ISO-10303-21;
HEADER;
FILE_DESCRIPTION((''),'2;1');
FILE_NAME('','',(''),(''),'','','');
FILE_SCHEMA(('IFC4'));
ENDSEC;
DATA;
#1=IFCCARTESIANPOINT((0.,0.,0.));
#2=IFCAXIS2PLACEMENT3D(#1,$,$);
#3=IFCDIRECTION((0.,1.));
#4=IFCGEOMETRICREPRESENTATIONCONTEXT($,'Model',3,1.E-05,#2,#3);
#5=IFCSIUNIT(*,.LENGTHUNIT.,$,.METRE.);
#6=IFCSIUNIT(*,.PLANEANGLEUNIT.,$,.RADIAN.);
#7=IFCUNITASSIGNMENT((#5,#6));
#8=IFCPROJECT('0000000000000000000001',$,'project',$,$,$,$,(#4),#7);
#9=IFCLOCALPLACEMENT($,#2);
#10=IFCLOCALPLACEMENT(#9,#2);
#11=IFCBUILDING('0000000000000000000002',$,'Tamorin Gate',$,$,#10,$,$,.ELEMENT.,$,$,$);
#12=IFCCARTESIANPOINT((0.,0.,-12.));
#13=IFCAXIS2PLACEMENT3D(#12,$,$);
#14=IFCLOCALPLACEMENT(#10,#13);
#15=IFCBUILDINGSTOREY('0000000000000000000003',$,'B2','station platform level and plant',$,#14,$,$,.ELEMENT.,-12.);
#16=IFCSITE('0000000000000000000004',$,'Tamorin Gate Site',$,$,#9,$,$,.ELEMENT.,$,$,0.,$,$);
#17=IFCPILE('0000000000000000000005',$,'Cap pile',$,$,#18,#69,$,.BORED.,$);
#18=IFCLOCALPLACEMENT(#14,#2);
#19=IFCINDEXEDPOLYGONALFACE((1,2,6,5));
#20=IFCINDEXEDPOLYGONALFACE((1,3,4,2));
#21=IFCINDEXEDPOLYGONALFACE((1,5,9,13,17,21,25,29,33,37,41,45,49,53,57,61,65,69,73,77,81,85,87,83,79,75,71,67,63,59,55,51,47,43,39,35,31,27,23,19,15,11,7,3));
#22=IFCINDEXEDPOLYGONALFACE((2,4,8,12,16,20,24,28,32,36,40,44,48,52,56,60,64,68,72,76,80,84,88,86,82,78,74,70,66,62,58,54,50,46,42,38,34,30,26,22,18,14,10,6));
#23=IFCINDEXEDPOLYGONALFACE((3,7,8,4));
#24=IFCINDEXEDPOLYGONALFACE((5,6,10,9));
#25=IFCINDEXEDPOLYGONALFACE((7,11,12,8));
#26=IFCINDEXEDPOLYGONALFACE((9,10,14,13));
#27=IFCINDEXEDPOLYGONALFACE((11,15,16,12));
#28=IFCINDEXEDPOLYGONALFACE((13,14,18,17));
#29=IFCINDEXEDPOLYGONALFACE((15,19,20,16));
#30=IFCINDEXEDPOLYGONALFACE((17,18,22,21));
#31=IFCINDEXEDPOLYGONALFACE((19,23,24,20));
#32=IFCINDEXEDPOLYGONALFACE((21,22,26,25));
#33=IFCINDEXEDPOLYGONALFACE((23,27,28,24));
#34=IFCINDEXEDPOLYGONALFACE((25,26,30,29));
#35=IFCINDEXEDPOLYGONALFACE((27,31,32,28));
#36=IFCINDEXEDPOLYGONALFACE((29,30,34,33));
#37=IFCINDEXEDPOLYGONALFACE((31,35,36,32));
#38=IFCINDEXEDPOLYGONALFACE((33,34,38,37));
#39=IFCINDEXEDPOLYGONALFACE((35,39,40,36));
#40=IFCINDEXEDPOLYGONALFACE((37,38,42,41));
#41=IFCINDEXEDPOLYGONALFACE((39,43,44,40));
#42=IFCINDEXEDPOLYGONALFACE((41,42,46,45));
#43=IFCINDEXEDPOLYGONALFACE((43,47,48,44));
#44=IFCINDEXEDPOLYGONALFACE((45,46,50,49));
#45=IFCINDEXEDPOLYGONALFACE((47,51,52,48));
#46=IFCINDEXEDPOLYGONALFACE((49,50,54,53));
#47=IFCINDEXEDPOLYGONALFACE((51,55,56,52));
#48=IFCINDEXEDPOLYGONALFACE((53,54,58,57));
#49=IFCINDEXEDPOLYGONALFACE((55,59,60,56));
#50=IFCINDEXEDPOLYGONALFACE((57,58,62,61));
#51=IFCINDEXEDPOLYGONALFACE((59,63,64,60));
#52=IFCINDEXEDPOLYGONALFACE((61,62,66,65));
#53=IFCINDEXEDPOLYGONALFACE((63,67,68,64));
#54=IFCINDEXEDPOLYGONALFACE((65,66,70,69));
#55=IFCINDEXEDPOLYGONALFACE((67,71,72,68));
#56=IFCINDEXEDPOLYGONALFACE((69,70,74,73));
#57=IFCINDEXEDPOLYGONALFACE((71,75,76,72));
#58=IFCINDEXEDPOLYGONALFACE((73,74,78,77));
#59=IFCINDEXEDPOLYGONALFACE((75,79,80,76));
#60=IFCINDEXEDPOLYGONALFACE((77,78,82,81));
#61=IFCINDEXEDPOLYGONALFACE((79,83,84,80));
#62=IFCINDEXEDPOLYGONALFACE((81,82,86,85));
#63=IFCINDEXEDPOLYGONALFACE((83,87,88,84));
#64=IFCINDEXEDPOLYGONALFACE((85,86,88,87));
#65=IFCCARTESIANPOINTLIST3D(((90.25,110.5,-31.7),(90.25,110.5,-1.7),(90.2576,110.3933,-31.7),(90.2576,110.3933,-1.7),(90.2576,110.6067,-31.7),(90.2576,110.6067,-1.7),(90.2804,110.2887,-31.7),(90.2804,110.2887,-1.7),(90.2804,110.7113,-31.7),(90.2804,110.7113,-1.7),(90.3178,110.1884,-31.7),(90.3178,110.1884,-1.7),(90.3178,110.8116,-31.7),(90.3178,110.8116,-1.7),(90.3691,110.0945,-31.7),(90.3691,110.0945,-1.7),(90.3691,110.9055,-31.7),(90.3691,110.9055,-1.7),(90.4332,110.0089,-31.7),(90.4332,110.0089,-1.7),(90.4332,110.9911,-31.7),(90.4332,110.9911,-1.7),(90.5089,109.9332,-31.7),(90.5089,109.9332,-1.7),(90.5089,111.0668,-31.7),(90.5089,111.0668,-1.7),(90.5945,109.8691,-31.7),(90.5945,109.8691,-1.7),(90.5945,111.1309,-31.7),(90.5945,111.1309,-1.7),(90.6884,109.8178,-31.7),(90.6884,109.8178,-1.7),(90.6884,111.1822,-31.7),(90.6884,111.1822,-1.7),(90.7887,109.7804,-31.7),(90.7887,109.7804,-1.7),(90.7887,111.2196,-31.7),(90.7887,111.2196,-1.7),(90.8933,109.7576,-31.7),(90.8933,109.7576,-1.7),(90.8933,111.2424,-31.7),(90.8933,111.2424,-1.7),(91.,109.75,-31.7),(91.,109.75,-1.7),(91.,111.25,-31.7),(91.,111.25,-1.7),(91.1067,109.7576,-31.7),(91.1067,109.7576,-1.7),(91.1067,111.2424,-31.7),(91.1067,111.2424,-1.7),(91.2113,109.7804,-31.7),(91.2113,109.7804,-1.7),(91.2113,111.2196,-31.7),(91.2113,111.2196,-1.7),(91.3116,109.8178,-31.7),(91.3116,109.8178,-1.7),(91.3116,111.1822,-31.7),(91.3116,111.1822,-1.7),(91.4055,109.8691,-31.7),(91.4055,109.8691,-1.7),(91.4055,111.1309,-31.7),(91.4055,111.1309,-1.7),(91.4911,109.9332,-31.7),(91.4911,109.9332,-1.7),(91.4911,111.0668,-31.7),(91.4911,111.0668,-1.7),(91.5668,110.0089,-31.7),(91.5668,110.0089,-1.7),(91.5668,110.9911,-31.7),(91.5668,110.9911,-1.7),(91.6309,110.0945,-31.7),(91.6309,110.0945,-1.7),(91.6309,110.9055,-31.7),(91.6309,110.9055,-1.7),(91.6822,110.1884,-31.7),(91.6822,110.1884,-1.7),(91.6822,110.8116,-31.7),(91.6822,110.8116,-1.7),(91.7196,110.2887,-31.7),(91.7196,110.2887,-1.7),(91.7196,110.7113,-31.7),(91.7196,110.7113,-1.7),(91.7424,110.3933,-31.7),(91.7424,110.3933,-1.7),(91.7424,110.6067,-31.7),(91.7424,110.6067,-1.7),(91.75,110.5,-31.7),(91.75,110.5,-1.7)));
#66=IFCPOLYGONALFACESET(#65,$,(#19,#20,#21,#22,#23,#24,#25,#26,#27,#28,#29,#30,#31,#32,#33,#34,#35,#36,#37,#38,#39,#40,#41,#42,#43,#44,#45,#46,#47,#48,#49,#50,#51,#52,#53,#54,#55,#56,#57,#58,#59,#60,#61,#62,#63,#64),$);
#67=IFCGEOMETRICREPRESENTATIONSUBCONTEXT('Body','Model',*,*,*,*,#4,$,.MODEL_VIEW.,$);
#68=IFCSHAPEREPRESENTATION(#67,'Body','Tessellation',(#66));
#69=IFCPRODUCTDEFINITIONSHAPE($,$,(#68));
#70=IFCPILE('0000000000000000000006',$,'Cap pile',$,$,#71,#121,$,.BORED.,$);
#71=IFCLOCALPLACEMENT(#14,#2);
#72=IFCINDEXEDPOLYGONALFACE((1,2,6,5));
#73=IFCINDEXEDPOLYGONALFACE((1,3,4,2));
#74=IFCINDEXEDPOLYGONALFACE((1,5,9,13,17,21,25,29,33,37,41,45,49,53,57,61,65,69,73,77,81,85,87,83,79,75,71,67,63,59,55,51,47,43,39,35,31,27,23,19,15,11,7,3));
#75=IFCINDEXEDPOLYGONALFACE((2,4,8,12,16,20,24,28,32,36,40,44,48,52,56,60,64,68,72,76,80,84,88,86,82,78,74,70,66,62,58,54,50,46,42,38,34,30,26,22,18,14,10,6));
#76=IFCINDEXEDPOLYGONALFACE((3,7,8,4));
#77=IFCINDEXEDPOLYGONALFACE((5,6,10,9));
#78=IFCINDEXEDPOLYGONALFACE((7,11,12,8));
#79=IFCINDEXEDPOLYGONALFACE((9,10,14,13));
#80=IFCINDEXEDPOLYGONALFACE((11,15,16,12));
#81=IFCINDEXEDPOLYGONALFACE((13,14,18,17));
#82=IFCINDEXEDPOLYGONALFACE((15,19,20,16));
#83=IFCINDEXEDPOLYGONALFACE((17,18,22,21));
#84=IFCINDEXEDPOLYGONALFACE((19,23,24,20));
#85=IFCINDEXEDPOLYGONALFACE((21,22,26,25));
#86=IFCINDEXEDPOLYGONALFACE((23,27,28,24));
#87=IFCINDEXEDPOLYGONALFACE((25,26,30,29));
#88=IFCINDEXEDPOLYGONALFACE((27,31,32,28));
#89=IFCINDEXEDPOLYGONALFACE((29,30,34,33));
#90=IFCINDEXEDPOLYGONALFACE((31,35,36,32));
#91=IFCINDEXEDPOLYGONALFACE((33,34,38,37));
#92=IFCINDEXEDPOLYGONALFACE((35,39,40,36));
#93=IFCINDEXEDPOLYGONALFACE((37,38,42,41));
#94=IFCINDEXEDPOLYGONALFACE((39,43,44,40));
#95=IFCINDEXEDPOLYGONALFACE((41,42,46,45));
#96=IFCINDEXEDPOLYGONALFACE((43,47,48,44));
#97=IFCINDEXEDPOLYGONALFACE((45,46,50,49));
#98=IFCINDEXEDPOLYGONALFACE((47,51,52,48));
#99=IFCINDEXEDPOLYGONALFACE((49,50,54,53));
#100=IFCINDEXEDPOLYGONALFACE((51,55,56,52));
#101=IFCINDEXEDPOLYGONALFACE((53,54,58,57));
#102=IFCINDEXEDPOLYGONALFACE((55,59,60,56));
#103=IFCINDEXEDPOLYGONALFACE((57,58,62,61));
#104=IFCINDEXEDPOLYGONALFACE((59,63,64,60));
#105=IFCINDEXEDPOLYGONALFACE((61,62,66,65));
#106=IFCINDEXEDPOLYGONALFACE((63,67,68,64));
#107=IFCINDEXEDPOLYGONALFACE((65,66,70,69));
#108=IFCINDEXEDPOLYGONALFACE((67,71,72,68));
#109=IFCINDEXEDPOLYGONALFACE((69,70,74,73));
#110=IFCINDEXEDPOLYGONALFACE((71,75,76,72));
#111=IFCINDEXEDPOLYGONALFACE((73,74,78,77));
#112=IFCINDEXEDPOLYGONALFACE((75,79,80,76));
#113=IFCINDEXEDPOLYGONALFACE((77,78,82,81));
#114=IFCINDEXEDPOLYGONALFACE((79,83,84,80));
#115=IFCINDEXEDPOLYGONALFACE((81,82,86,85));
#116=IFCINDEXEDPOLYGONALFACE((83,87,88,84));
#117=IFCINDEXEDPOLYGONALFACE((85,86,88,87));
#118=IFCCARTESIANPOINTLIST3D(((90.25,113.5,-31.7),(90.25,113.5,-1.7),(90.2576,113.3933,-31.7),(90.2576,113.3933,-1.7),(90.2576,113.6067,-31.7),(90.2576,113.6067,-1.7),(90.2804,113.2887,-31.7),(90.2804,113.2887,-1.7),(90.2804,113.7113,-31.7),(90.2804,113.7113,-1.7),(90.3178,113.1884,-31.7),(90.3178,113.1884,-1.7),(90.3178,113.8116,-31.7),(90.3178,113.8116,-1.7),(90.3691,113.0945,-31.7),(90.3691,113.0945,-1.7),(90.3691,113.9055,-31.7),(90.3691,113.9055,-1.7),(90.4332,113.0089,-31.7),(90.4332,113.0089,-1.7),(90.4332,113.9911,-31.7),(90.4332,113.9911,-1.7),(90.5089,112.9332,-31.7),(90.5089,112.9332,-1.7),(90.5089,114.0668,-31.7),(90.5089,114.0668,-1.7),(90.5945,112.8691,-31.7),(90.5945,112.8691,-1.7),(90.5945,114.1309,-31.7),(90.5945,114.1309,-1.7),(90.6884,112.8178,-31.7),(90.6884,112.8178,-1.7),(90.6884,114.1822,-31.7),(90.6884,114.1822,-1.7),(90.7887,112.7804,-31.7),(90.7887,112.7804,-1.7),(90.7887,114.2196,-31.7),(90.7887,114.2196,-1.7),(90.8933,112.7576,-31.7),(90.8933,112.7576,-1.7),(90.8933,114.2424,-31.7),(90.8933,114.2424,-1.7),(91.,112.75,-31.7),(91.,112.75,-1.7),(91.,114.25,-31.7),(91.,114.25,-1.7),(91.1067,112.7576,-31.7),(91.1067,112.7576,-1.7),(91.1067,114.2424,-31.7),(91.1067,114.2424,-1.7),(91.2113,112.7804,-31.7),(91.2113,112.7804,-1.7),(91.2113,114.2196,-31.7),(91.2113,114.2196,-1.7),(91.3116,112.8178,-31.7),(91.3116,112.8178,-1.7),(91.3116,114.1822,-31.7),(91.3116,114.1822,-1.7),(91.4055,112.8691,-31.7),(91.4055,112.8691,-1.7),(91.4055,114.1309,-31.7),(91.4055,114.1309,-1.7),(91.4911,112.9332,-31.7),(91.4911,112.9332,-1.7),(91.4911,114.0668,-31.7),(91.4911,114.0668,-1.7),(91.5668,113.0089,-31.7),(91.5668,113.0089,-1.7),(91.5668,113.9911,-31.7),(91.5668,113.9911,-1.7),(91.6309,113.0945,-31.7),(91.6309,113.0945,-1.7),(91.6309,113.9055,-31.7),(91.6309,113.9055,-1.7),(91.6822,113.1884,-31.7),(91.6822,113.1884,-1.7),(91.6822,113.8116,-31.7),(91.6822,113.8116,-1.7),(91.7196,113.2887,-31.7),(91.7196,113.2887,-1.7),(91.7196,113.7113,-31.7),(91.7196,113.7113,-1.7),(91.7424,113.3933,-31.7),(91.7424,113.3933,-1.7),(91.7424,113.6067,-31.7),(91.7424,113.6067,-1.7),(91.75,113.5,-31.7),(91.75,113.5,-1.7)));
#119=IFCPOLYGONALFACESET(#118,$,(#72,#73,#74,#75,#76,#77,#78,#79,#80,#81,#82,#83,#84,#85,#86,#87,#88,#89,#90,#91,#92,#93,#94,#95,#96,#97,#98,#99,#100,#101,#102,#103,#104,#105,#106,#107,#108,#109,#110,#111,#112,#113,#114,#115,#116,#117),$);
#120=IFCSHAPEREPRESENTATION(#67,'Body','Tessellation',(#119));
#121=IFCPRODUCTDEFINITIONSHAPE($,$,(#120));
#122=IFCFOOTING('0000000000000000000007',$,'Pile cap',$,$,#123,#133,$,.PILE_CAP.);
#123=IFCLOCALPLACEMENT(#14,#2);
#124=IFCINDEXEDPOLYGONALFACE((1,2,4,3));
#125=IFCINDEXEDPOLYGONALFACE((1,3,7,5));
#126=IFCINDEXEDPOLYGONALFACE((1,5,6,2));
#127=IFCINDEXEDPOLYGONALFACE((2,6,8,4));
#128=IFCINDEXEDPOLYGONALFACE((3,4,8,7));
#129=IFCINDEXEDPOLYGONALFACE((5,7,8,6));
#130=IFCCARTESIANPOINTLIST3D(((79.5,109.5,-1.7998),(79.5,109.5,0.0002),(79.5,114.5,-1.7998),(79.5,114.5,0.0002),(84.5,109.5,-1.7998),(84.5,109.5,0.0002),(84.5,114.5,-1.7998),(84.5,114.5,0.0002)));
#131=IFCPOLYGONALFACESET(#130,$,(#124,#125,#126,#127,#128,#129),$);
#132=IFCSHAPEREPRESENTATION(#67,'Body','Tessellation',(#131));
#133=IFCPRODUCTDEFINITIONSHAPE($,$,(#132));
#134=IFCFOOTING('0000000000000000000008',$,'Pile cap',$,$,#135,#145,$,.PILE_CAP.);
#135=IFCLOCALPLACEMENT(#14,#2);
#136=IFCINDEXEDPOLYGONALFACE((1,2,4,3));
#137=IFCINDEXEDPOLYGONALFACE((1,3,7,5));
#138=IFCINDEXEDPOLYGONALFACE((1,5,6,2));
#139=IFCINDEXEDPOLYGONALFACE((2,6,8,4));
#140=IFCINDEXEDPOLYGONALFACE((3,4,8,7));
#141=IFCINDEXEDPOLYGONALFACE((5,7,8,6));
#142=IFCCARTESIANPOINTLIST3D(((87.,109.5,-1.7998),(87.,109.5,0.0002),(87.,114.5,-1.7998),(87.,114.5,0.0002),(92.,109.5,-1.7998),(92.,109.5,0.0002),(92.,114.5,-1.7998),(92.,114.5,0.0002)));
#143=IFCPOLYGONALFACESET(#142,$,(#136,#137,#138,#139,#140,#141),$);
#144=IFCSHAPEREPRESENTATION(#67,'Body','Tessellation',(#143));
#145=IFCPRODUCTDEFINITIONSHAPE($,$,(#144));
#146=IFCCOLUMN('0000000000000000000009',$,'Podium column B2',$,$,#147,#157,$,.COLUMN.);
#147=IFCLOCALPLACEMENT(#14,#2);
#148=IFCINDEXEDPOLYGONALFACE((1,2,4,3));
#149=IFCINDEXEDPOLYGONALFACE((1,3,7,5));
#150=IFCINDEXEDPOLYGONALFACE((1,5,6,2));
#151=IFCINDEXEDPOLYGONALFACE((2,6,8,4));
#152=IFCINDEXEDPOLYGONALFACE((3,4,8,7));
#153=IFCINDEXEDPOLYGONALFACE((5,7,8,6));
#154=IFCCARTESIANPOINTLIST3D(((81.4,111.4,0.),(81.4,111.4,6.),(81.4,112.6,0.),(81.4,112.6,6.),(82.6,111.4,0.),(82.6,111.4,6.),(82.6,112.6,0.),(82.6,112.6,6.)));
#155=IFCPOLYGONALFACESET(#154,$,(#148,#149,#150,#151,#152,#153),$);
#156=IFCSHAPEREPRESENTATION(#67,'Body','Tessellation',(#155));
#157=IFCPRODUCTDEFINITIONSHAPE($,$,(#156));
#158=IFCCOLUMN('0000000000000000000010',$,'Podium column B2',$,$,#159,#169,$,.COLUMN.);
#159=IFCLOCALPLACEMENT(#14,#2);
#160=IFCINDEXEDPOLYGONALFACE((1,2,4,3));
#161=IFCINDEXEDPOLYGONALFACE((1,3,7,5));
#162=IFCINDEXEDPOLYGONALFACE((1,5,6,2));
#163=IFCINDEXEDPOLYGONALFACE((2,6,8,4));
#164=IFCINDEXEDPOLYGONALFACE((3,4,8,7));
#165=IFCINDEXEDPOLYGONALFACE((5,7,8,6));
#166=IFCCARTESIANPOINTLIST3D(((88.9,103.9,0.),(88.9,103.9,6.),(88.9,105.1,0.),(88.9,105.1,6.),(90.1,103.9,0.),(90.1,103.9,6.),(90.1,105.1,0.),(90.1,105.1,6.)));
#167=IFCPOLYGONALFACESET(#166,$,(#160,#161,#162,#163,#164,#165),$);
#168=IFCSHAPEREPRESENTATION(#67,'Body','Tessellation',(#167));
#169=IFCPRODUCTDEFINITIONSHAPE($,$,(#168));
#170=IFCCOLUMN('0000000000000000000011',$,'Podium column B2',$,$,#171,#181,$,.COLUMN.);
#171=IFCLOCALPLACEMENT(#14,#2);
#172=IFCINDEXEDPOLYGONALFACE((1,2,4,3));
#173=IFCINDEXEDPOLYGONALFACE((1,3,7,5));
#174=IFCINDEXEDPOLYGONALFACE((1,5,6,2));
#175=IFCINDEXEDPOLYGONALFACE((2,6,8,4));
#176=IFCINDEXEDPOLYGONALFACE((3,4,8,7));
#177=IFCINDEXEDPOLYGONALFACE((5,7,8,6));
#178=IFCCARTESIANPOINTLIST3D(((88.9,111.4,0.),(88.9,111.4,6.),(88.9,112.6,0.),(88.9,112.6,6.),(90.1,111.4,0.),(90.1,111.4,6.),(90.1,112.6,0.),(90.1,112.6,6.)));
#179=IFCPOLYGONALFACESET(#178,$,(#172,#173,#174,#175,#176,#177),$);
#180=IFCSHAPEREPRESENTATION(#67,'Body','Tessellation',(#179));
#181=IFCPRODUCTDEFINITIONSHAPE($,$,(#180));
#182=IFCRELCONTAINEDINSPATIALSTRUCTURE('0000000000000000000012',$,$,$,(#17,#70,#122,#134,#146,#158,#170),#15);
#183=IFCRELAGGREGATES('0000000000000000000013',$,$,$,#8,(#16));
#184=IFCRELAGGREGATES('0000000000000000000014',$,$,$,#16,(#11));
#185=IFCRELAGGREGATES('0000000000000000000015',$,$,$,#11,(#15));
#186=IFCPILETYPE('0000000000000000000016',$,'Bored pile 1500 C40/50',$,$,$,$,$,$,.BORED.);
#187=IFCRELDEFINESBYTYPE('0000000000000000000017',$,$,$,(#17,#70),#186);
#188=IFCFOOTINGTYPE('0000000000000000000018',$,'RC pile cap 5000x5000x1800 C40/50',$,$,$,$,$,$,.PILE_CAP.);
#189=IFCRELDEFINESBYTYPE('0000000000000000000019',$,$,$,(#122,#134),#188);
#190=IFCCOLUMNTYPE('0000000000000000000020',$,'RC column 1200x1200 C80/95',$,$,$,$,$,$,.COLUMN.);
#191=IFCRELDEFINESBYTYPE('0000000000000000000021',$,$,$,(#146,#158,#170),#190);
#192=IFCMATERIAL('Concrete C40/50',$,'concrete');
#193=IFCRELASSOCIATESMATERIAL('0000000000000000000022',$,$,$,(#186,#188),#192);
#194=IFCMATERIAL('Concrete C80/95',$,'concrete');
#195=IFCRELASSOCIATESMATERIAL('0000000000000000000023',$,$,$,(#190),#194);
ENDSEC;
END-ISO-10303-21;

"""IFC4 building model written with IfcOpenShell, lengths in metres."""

from ifc_helpers import new_model, si_unit, direction, frame, origin, origin_2d, place, context, subcontext, project, spatial, rectangle, circle, extrude, material, material_profile, profile_set, type_object, element, save


model = new_model("IFC4")

# Units and contexts
model_context = context("Model", 3, precision=1e-05, world=origin(), true_north=direction((0.0, 1.0)))
body_context = subcontext(model_context, "Body", "Model", "MODEL_VIEW")
ifc_project = project(units=[si_unit("LENGTHUNIT", "METRE"), si_unit("PLANEANGLEUNIT", "RADIAN")], contexts=[model_context])

# Site, building, storey
site_placement = place(None, origin())
site = spatial("IfcSite", under=ifc_project, at=site_placement, Name="Tamorin Gate Site", CompositionType="ELEMENT", RefElevation=0.0)
building_placement = place(site_placement, origin())
building = spatial("IfcBuilding", under=site, at=building_placement, Name="Tamorin Gate", CompositionType="ELEMENT")
storey_placement = place(building_placement, frame((0.0, 0.0, -12.0)))
storey = spatial("IfcBuildingStorey", under=building, at=storey_placement, Name="B2", Description="station platform level and plant", CompositionType="ELEMENT", Elevation=-12.0)

# Piles
ifc_material_1 = material(Name="Concrete C40/50", Category="concrete")
ifc_material_profile_1 = material_profile(ifc_material_1, circle(Radius=0.75, at=origin_2d()))
ifc_profile_set_1 = profile_set([ifc_material_profile_1], Name="Concrete C40/50")
pile_type = type_object("IfcPileType", Name="Bored pile 1500 C40/50", PredefinedType="BORED", material=ifc_profile_set_1)
for number, where, z_axis, x_axis, name in (
    (1, (91.0, 110.5, -1.7), (0.0, 0.0, -1.0), (1.0, 0.0, 0.0), "Cap pile"),
    (2, (91.0, 113.5, -1.7), (0.0, 0.0, -1.0), (1.0, 0.0, 0.0), "Cap pile"),
):
    element("IfcPile", number, at=place(storey_placement, frame(where, z_axis=z_axis, x_axis=x_axis)), inside=storey, type_object=pile_type, Name=name, PredefinedType="BORED", context=body_context, shape_type="SweptSolid", body=[
        extrude(circle(Radius=0.75, at=origin_2d()), origin(), (0.0, 0.0, 1.0), 30.0),
    ])

# Footings
footing_type = type_object("IfcFootingType", Name="RC pile cap 5000x5000x1800 C40/50", PredefinedType="PILE_CAP", material=ifc_material_1)
for number, where, z_axis, x_axis, name in (
    (3, (82.0, 112.0, -1.7998), (0.0, 0.0, 1.0), (1.0, 0.0, 0.0), "Pile cap"),
    (4, (89.5, 112.0, -1.7998), (0.0, 0.0, 1.0), (1.0, 0.0, 0.0), "Pile cap"),
):
    element("IfcFooting", number, at=place(storey_placement, frame(where, z_axis=z_axis, x_axis=x_axis)), inside=storey, type_object=footing_type, Name=name, PredefinedType="PILE_CAP", context=body_context, shape_type="SweptSolid", body=[
        extrude(rectangle(XDim=5.0, YDim=5.0, at=origin_2d()), origin(), (0.0, 0.0, 1.0), 1.8),
    ])

# Columns
ifc_material_2 = material(Name="Concrete C80/95", Category="concrete")
ifc_material_profile_2 = material_profile(ifc_material_2, rectangle(XDim=1.2, YDim=1.2, at=origin_2d()), Name="RC 1200x1200")
ifc_profile_set_2 = profile_set([ifc_material_profile_2], Name="Concrete C80/95")
column_type = type_object("IfcColumnType", Name="RC column 1200x1200 C80/95", PredefinedType="COLUMN", material=ifc_profile_set_2)
for number, where, z_axis, x_axis, name in (
    (5, (82.0, 112.0, 0.0), (0.0, 0.0, 1.0), (1.0, 0.0, 0.0), "Podium column B2"),
    (6, (89.5, 104.5, 0.0), (0.0, 0.0, 1.0), (1.0, 0.0, 0.0), "Podium column B2"),
    (7, (89.5, 112.0, 0.0), (0.0, 0.0, 1.0), (1.0, 0.0, 0.0), "Podium column B2"),
):
    element("IfcColumn", number, at=place(storey_placement, frame(where, z_axis=z_axis, x_axis=x_axis)), inside=storey, type_object=column_type, Name=name, PredefinedType="COLUMN", context=body_context, shape_type="SweptSolid", body=[
        extrude(rectangle(XDim=1.2, YDim=1.2, at=origin_2d()), origin(), (0.0, 0.0, 1.0), 6.0),
    ])

save(model, "model.ifc")
